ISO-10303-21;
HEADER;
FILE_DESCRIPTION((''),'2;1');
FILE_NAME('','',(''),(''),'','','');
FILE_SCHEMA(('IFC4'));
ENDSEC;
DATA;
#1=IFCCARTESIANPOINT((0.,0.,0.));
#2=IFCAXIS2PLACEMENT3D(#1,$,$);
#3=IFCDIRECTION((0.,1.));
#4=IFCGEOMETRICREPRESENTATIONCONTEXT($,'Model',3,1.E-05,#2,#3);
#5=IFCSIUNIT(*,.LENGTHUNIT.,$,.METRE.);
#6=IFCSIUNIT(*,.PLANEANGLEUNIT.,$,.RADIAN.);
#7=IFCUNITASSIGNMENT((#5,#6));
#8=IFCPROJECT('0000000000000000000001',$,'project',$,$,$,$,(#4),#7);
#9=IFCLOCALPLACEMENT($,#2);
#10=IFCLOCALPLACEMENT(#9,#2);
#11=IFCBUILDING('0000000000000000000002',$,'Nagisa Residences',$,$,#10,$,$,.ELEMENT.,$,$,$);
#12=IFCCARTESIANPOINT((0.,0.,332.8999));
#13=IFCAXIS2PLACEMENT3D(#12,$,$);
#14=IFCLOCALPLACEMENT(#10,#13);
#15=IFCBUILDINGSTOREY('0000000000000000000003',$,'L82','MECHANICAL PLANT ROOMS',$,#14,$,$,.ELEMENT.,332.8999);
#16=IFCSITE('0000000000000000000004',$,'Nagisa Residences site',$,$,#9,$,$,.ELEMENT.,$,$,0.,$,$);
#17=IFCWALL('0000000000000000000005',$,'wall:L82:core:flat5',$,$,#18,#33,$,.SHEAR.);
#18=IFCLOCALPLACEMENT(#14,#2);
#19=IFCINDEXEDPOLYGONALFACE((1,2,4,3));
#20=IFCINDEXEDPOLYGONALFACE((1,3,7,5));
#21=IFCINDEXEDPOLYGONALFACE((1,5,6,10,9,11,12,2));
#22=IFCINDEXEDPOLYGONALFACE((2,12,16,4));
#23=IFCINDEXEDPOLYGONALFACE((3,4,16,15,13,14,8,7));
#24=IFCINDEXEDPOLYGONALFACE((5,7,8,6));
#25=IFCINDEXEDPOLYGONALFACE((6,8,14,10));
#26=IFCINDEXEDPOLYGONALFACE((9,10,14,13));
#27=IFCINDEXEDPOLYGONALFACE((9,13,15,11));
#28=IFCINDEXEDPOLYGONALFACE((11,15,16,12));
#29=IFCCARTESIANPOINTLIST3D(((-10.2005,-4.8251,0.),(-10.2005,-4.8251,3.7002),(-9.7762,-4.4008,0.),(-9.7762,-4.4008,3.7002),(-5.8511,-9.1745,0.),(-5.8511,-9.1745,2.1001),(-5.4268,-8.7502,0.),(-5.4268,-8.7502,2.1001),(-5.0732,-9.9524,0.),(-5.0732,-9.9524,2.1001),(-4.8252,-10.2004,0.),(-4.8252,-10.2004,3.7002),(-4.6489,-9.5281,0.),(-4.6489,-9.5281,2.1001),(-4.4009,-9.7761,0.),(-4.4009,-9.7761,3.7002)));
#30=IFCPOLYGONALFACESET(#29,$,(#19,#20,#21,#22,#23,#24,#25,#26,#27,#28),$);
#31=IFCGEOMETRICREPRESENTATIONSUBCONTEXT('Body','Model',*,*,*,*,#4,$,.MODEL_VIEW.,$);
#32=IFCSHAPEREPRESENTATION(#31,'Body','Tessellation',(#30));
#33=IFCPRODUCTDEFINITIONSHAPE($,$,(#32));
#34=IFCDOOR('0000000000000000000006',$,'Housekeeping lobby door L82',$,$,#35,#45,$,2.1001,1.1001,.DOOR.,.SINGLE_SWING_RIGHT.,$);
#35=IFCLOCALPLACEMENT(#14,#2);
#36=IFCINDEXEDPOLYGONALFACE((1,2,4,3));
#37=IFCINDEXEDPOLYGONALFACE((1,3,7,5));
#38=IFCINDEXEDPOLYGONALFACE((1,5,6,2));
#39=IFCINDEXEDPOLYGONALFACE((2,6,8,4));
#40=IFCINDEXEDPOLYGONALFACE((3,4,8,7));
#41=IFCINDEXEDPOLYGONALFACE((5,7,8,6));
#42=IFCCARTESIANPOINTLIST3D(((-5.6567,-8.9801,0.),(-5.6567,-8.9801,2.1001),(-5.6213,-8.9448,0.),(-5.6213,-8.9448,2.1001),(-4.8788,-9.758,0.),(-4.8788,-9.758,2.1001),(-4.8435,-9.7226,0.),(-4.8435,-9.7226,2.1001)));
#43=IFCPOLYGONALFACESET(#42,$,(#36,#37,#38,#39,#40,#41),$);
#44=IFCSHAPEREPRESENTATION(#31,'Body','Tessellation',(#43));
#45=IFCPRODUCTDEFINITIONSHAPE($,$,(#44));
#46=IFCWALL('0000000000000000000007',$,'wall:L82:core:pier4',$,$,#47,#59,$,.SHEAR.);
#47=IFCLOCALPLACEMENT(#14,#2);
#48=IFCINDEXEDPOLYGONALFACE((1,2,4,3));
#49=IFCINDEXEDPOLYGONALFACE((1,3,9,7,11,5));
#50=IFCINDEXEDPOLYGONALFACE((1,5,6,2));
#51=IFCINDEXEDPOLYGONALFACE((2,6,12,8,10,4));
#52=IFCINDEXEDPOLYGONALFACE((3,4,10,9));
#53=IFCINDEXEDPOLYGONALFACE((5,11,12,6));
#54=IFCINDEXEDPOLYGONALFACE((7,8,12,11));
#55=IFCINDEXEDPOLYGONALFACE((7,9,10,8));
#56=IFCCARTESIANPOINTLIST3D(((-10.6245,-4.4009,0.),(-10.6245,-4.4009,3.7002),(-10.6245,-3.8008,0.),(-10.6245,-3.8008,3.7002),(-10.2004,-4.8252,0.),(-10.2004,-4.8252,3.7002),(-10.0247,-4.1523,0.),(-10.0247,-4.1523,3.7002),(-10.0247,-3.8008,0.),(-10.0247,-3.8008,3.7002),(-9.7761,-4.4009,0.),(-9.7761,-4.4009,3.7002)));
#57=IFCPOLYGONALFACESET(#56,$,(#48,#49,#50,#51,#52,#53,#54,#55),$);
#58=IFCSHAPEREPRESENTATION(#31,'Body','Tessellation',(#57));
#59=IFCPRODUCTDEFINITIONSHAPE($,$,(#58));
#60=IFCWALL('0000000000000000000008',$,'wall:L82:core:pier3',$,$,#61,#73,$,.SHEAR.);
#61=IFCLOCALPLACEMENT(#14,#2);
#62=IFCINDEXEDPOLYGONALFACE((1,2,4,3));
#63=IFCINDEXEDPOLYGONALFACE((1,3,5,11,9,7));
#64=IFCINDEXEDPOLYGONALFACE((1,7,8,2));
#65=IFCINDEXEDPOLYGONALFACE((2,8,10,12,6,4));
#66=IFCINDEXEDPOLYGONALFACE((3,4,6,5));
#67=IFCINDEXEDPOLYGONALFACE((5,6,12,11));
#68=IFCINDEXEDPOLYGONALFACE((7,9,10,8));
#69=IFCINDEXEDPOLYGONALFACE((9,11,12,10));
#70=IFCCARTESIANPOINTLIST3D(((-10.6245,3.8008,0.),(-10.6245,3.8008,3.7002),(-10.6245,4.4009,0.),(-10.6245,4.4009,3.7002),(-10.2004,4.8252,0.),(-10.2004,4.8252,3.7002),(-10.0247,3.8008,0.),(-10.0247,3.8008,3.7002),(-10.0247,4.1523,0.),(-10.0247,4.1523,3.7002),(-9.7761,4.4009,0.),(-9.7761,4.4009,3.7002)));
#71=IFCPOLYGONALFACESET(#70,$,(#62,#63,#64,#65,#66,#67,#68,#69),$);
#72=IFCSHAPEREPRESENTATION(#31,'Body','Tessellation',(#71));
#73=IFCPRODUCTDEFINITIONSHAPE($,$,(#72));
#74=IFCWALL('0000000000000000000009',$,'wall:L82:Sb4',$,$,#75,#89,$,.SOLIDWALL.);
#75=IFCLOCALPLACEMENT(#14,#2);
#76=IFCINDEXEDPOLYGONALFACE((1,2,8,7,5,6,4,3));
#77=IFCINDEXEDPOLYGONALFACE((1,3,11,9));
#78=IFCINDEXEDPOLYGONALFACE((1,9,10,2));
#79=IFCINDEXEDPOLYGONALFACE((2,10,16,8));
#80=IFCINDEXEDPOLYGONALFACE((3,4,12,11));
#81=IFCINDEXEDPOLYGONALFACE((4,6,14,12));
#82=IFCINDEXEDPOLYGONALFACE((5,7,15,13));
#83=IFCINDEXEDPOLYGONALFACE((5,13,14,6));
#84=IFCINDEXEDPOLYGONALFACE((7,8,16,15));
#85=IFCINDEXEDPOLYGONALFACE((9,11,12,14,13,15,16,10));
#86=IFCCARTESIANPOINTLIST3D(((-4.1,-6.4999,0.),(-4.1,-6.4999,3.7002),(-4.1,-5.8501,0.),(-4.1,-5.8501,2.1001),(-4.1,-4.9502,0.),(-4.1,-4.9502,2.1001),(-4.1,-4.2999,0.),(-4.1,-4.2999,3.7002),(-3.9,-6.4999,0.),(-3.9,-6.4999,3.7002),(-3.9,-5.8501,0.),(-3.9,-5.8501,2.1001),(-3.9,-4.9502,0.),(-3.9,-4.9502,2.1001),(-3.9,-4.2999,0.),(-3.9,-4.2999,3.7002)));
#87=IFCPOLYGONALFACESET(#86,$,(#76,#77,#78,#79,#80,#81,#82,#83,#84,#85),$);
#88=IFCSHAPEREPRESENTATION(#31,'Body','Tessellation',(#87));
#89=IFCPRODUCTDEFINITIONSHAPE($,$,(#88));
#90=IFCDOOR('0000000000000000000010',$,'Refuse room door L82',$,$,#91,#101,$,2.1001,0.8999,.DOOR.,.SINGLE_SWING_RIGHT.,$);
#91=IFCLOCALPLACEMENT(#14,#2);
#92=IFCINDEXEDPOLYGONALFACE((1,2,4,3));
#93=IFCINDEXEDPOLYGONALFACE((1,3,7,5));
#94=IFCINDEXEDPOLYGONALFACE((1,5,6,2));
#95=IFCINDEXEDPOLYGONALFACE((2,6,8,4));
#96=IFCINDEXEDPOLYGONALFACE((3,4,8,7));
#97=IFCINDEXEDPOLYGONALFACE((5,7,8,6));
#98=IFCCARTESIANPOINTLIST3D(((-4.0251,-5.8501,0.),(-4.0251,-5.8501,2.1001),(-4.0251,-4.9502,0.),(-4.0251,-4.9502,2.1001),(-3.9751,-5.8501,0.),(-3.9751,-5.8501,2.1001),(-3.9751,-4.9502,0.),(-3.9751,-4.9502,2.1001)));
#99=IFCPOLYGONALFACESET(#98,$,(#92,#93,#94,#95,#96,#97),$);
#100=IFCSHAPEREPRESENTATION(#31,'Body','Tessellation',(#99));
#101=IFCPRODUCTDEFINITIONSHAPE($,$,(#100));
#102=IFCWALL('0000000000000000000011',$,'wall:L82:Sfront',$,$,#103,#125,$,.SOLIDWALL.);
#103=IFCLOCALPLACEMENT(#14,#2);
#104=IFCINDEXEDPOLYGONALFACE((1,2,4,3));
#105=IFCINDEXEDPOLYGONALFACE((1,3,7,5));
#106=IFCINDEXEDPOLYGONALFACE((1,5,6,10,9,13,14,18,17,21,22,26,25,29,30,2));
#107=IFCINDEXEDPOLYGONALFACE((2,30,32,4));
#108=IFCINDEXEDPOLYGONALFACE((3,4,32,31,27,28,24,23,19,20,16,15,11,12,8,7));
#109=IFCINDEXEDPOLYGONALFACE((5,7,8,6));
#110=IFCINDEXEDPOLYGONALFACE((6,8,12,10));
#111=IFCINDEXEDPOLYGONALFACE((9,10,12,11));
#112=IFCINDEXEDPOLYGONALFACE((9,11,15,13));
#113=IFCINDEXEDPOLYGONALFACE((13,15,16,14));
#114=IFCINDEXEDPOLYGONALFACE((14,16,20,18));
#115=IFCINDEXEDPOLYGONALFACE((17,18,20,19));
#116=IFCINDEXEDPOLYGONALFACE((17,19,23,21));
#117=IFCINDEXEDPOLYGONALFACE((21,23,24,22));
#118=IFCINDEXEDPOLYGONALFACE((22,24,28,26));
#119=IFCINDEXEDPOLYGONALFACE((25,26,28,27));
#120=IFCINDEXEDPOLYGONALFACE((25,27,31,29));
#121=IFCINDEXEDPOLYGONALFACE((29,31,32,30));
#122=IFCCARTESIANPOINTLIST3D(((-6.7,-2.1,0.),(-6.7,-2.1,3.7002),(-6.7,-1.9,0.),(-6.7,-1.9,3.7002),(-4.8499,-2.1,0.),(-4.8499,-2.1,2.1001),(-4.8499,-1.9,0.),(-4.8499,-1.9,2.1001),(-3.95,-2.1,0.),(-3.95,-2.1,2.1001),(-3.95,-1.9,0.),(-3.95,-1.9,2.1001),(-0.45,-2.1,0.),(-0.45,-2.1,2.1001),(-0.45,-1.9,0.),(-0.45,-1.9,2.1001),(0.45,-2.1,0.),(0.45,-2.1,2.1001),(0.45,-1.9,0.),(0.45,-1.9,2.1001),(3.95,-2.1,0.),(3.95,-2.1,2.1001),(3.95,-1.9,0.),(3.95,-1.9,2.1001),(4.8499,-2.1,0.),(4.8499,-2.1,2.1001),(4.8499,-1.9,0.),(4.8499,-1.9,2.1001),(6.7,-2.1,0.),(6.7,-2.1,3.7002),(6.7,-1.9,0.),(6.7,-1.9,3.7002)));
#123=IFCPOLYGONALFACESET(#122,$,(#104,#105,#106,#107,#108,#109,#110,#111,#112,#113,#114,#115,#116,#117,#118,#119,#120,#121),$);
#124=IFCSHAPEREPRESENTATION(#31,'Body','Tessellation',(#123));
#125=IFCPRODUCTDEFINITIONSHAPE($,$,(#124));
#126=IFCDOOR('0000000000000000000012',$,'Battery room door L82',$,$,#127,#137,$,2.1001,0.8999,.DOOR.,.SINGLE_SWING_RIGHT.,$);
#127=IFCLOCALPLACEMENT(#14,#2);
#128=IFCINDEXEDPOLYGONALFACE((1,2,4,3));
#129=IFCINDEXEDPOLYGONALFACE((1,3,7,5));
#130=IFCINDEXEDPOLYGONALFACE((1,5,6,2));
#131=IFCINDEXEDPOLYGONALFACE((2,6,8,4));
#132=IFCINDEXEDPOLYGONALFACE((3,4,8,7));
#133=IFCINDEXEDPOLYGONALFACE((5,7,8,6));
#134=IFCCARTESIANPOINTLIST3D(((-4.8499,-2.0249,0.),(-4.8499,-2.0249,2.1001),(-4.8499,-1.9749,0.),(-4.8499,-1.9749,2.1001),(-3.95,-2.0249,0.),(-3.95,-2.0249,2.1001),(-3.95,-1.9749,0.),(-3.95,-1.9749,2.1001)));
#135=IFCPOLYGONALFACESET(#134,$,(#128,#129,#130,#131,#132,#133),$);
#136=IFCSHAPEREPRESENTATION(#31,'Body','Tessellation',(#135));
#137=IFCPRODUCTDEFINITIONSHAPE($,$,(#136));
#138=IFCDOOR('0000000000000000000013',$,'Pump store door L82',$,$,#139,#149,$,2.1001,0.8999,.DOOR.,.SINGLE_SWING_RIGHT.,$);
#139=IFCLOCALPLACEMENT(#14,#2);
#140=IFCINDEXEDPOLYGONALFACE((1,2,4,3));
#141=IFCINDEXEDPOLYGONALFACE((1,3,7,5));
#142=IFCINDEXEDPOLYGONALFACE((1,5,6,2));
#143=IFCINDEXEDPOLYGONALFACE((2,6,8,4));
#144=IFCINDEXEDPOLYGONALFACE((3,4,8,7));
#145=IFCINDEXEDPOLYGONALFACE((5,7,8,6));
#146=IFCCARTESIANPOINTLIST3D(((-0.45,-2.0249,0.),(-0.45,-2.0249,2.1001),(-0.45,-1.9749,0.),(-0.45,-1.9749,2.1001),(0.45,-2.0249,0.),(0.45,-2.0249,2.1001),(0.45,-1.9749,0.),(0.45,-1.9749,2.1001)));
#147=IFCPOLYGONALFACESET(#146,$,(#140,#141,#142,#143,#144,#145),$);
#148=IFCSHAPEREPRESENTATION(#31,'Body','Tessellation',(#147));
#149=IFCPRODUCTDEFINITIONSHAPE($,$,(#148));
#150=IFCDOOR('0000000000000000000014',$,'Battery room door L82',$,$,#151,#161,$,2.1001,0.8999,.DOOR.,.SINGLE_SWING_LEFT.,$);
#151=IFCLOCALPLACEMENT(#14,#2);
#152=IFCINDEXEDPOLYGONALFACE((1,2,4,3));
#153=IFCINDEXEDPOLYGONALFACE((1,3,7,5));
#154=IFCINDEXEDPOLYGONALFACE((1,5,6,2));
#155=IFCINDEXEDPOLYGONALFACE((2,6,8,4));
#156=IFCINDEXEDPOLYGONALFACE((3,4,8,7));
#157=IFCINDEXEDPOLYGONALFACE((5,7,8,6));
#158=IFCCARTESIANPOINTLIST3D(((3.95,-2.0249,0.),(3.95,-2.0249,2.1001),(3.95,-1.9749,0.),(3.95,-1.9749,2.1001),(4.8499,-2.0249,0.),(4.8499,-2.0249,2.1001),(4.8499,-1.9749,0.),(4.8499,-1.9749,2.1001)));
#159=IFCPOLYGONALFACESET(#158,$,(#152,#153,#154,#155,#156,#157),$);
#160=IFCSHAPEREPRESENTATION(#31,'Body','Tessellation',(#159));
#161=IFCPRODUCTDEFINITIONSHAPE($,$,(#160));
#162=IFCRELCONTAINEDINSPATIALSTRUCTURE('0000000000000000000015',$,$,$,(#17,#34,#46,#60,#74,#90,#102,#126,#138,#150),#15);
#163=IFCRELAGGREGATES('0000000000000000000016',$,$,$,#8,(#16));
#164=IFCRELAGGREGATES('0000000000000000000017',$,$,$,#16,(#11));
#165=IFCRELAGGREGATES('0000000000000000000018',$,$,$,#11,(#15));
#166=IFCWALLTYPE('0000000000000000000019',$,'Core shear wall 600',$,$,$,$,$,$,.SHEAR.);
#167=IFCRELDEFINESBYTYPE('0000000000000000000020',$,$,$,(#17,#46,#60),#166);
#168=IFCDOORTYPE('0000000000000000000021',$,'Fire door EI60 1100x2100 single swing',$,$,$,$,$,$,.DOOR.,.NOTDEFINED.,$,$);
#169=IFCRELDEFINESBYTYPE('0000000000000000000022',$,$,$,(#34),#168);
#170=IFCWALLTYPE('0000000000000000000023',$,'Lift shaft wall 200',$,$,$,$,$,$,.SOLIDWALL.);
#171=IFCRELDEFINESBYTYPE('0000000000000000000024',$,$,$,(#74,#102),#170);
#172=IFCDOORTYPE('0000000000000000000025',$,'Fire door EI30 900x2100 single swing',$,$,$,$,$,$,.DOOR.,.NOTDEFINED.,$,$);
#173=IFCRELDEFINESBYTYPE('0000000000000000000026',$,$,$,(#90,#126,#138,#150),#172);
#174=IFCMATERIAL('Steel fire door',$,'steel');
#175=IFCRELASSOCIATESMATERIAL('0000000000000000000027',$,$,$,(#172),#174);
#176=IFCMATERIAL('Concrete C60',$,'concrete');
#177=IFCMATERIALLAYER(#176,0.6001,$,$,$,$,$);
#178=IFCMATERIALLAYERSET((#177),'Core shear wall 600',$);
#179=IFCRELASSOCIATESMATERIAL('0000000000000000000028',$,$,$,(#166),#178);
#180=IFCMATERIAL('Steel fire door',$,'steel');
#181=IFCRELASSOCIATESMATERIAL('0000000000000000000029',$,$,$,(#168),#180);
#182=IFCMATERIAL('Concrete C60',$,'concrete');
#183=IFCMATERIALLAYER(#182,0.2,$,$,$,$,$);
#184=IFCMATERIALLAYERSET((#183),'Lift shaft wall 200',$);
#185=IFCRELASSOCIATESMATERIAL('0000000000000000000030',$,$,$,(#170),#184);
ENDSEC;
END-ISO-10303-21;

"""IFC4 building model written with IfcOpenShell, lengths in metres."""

from ifc_helpers import new_model, si_unit, direction, frame, frame_2d, origin, place, context, subcontext, project, spatial, polyline, rectangle, outline, extrude, material, layer, layer_set, type_object, element, fill, save


model = new_model("IFC4")

# Units and contexts
model_context = context("Model", 3, precision=1e-05, world=origin(), true_north=direction((0.0, 1.0)))
body_context = subcontext(model_context, "Body", "Model", "MODEL_VIEW")
ifc_project = project(units=[si_unit("LENGTHUNIT", "METRE"), si_unit("PLANEANGLEUNIT", "RADIAN")], contexts=[model_context])

# Site, building, storey
site_placement = place(None, origin())
site = spatial("IfcSite", under=ifc_project, at=site_placement, Name="Nagisa Residences site", CompositionType="ELEMENT", RefElevation=0.0)
building_placement = place(site_placement, origin())
building = spatial("IfcBuilding", under=site, at=building_placement, Name="Nagisa Residences", CompositionType="ELEMENT")
storey_placement = place(building_placement, frame((0.0, 0.0, 332.8999)))
storey = spatial("IfcBuildingStorey", under=building, at=storey_placement, Name="L82", Description="MECHANICAL PLANT ROOMS", CompositionType="ELEMENT", Elevation=332.8999)

# Shared definitions
ifc_material_1 = material(Name="Steel fire door", Category="steel")
door_type_1 = type_object("IfcDoorType", Name="Fire door EI30 900x2100 single swing", OperationType="NOTDEFINED", PredefinedType="DOOR", material=ifc_material_1)

# Wall, opening, door
ifc_material_2 = material(Name="Concrete C60", Category="concrete")
ifc_layer_1 = layer(ifc_material_2, 0.6001)
ifc_layer_set_1 = layer_set([ifc_layer_1], Name="Core shear wall 600")
wall_type_1 = type_object("IfcWallType", Name="Core shear wall 600", PredefinedType="SHEAR", material=ifc_layer_set_1)
wall_1_placement = place(storey_placement, frame((-9.9883, -4.613, 0.0), z_axis=(0.0, 0.0, 1.0), x_axis=(0.707107, -0.707107, 0.0)))
wall_1 = element("IfcWall", 1, at=wall_1_placement, inside=storey, type_object=wall_type_1, Name="wall:L82:core:flat5", PredefinedType="SHEAR", context=body_context, shape_type="SweptSolid", body=[
    extrude(rectangle(XDim=7.6018, YDim=0.6001, at=frame_2d((3.8008, 0.0))), origin(), (0.0, 0.0, 1.0), 3.7002),
])
opening_1_placement = place(wall_1_placement, frame((6.1509, 0.0, 0.0)))
opening_1 = element("IfcOpeningElement", 2, at=opening_1_placement, cuts=wall_1, PredefinedType="OPENING", context=body_context, shape_type="SweptSolid", body=[
    extrude(rectangle(XDim=1.1001, YDim=2.1001, at=frame_2d((0.55, 1.05))), frame((0.0, 0.3101, 0.0), z_axis=(0.0, -1.0, 0.0), x_axis=(1.0, 0.0, 0.0)), (0.0, 0.0, 1.0), 0.6201),
])
ifc_material_3 = material(Name="Steel fire door", Category="steel")
door_type_2 = type_object("IfcDoorType", Name="Fire door EI60 1100x2100 single swing", OperationType="NOTDEFINED", PredefinedType="DOOR", material=ifc_material_3)
door_1_placement = place(opening_1_placement, origin())
door_1 = element("IfcDoor", 3, at=door_1_placement, inside=storey, type_object=door_type_2, Name="Housekeeping lobby door L82", OperationType="SINGLE_SWING_RIGHT", OverallHeight=2.1001, OverallWidth=1.1001, PredefinedType="DOOR", context=body_context, shape_type="SweptSolid", body=[
    extrude(rectangle(XDim=1.1001, YDim=2.1001, at=frame_2d((0.55, 1.05))), frame((0.0, 0.0249, 0.0), z_axis=(0.0, -1.0, 0.0), x_axis=(1.0, 0.0, 0.0)), (0.0, 0.0, 1.0), 0.05),
])
fill(opening_1, door_1)

# Walls
wall_2_placement = place(storey_placement, origin())
element("IfcWall", 4, at=wall_2_placement, inside=storey, type_object=wall_type_1, Name="wall:L82:core:pier4", PredefinedType="SHEAR", context=body_context, shape_type="SweptSolid", body=[
    extrude(outline(polyline([(-10.6245, -3.8008), (-10.0247, -3.8008), (-10.0247, -4.1523), (-9.7761, -4.4009), (-10.2004, -4.8252), (-10.6245, -4.4009), (-10.6245, -3.8008)])), origin(), (0.0, 0.0, 1.0), 3.7002),
])
wall_3_placement = place(storey_placement, origin())
element("IfcWall", 5, at=wall_3_placement, inside=storey, type_object=wall_type_1, Name="wall:L82:core:pier3", PredefinedType="SHEAR", context=body_context, shape_type="SweptSolid", body=[
    extrude(outline(polyline([(-10.2004, 4.8252), (-9.7761, 4.4009), (-10.0247, 4.1523), (-10.0247, 3.8008), (-10.6245, 3.8008), (-10.6245, 4.4009), (-10.2004, 4.8252)])), origin(), (0.0, 0.0, 1.0), 3.7002),
])

# Wall, opening, door
ifc_material_4 = material(Name="Concrete C60", Category="concrete")
ifc_layer_2 = layer(ifc_material_4, 0.2)
ifc_layer_set_2 = layer_set([ifc_layer_2], Name="Lift shaft wall 200")
wall_type_2 = type_object("IfcWallType", Name="Lift shaft wall 200", PredefinedType="SOLIDWALL", material=ifc_layer_set_2)
wall_4_placement = place(storey_placement, frame((-4.0, -6.5, 0.0), z_axis=(0.0, 0.0, 1.0), x_axis=(0.0, 1.0, 0.0)))
wall_4 = element("IfcWall", 6, at=wall_4_placement, inside=storey, type_object=wall_type_2, Name="wall:L82:Sb4", PredefinedType="SOLIDWALL", context=body_context, shape_type="SweptSolid", body=[
    extrude(rectangle(XDim=2.2, YDim=0.2, at=frame_2d((1.1001, 0.0))), origin(), (0.0, 0.0, 1.0), 3.7002),
])
opening_2_placement = place(wall_4_placement, frame((0.6499, 0.0, 0.0)))
opening_2 = element("IfcOpeningElement", 7, at=opening_2_placement, cuts=wall_4, PredefinedType="OPENING", context=body_context, shape_type="SweptSolid", body=[
    extrude(rectangle(XDim=0.8999, YDim=2.1001, at=frame_2d((0.45, 1.05))), frame((0.0, 0.1099, 0.0), z_axis=(0.0, -1.0, 0.0), x_axis=(1.0, 0.0, 0.0)), (0.0, 0.0, 1.0), 0.22),
])
door_2_placement = place(opening_2_placement, frame((0.8999, 0.0, 0.0), x_axis=(-1.0, 0.0, 0.0)))
door_2 = element("IfcDoor", 8, at=door_2_placement, inside=storey, type_object=door_type_1, Name="Refuse room door L82", OperationType="SINGLE_SWING_RIGHT", OverallHeight=2.1001, OverallWidth=0.8999, PredefinedType="DOOR", context=body_context, shape_type="SweptSolid", body=[
    extrude(rectangle(XDim=0.8999, YDim=2.1001, at=frame_2d((0.45, 1.05))), frame((0.0, 0.0249, 0.0), z_axis=(0.0, -1.0, 0.0), x_axis=(1.0, 0.0, 0.0)), (0.0, 0.0, 1.0), 0.05),
])
fill(opening_2, door_2)

# Wall, openings, doors
wall_5_placement = place(storey_placement, frame((-6.7, -2.0, 0.0), z_axis=(0.0, 0.0, 1.0), x_axis=(1.0, 0.0, 0.0)))
wall_5 = element("IfcWall", 9, at=wall_5_placement, inside=storey, type_object=wall_type_2, Name="wall:L82:Sfront", PredefinedType="SOLIDWALL", context=body_context, shape_type="SweptSolid", body=[
    extrude(rectangle(XDim=13.3999, YDim=0.2, at=frame_2d((6.7, 0.0))), origin(), (0.0, 0.0, 1.0), 3.7002),
])
opening_3_placement = place(wall_5_placement, frame((1.8501, 0.0, 0.0)))
opening_3 = element("IfcOpeningElement", 10, at=opening_3_placement, cuts=wall_5, PredefinedType="OPENING", context=body_context, shape_type="SweptSolid", body=[
    extrude(rectangle(XDim=0.8999, YDim=2.1001, at=frame_2d((0.45, 1.05))), frame((0.0, 0.1099, 0.0), z_axis=(0.0, -1.0, 0.0), x_axis=(1.0, 0.0, 0.0)), (0.0, 0.0, 1.0), 0.22),
])
opening_4_placement = place(wall_5_placement, frame((6.25, 0.0, 0.0)))
opening_4 = element("IfcOpeningElement", 11, at=opening_4_placement, cuts=wall_5, PredefinedType="OPENING", context=body_context, shape_type="SweptSolid", body=[
    extrude(rectangle(XDim=0.8999, YDim=2.1001, at=frame_2d((0.45, 1.05))), frame((0.0, 0.1099, 0.0), z_axis=(0.0, -1.0, 0.0), x_axis=(1.0, 0.0, 0.0)), (0.0, 0.0, 1.0), 0.22),
])
opening_5_placement = place(wall_5_placement, frame((10.6499, 0.0, 0.0)))
opening_5 = element("IfcOpeningElement", 12, at=opening_5_placement, cuts=wall_5, PredefinedType="OPENING", context=body_context, shape_type="SweptSolid", body=[
    extrude(rectangle(XDim=0.8999, YDim=2.1001, at=frame_2d((0.45, 1.05))), frame((0.0, 0.1099, 0.0), z_axis=(0.0, -1.0, 0.0), x_axis=(1.0, 0.0, 0.0)), (0.0, 0.0, 1.0), 0.22),
])
door_3_placement = place(opening_3_placement, frame((0.8999, 0.0, 0.0), x_axis=(-1.0, 0.0, 0.0)))
door_3 = element("IfcDoor", 13, at=door_3_placement, inside=storey, type_object=door_type_1, Name="Battery room door L82", OperationType="SINGLE_SWING_RIGHT", OverallHeight=2.1001, OverallWidth=0.8999, PredefinedType="DOOR", context=body_context, shape_type="SweptSolid", body=[
    extrude(rectangle(XDim=0.8999, YDim=2.1001, at=frame_2d((0.45, 1.05))), frame((0.0, 0.0249, 0.0), z_axis=(0.0, -1.0, 0.0), x_axis=(1.0, 0.0, 0.0)), (0.0, 0.0, 1.0), 0.05),
])
fill(opening_3, door_3)
door_4_placement = place(opening_4_placement, frame((0.8999, 0.0, 0.0), x_axis=(-1.0, 0.0, 0.0)))
door_4 = element("IfcDoor", 14, at=door_4_placement, inside=storey, type_object=door_type_1, Name="Pump store door L82", OperationType="SINGLE_SWING_RIGHT", OverallHeight=2.1001, OverallWidth=0.8999, PredefinedType="DOOR", context=body_context, shape_type="SweptSolid", body=[
    extrude(rectangle(XDim=0.8999, YDim=2.1001, at=frame_2d((0.45, 1.05))), frame((0.0, 0.0249, 0.0), z_axis=(0.0, -1.0, 0.0), x_axis=(1.0, 0.0, 0.0)), (0.0, 0.0, 1.0), 0.05),
])
fill(opening_4, door_4)
door_5_placement = place(opening_5_placement, frame((0.8999, 0.0, 0.0), x_axis=(-1.0, 0.0, 0.0)))
door_5 = element("IfcDoor", 15, at=door_5_placement, inside=storey, type_object=door_type_1, Name="Battery room door L82", OperationType="SINGLE_SWING_LEFT", OverallHeight=2.1001, OverallWidth=0.8999, PredefinedType="DOOR", context=body_context, shape_type="SweptSolid", body=[
    extrude(rectangle(XDim=0.8999, YDim=2.1001, at=frame_2d((0.45, 1.05))), frame((0.0, 0.0249, 0.0), z_axis=(0.0, -1.0, 0.0), x_axis=(1.0, 0.0, 0.0)), (0.0, 0.0, 1.0), 0.05),
])
fill(opening_5, door_5)

save(model, "model.ifc")
